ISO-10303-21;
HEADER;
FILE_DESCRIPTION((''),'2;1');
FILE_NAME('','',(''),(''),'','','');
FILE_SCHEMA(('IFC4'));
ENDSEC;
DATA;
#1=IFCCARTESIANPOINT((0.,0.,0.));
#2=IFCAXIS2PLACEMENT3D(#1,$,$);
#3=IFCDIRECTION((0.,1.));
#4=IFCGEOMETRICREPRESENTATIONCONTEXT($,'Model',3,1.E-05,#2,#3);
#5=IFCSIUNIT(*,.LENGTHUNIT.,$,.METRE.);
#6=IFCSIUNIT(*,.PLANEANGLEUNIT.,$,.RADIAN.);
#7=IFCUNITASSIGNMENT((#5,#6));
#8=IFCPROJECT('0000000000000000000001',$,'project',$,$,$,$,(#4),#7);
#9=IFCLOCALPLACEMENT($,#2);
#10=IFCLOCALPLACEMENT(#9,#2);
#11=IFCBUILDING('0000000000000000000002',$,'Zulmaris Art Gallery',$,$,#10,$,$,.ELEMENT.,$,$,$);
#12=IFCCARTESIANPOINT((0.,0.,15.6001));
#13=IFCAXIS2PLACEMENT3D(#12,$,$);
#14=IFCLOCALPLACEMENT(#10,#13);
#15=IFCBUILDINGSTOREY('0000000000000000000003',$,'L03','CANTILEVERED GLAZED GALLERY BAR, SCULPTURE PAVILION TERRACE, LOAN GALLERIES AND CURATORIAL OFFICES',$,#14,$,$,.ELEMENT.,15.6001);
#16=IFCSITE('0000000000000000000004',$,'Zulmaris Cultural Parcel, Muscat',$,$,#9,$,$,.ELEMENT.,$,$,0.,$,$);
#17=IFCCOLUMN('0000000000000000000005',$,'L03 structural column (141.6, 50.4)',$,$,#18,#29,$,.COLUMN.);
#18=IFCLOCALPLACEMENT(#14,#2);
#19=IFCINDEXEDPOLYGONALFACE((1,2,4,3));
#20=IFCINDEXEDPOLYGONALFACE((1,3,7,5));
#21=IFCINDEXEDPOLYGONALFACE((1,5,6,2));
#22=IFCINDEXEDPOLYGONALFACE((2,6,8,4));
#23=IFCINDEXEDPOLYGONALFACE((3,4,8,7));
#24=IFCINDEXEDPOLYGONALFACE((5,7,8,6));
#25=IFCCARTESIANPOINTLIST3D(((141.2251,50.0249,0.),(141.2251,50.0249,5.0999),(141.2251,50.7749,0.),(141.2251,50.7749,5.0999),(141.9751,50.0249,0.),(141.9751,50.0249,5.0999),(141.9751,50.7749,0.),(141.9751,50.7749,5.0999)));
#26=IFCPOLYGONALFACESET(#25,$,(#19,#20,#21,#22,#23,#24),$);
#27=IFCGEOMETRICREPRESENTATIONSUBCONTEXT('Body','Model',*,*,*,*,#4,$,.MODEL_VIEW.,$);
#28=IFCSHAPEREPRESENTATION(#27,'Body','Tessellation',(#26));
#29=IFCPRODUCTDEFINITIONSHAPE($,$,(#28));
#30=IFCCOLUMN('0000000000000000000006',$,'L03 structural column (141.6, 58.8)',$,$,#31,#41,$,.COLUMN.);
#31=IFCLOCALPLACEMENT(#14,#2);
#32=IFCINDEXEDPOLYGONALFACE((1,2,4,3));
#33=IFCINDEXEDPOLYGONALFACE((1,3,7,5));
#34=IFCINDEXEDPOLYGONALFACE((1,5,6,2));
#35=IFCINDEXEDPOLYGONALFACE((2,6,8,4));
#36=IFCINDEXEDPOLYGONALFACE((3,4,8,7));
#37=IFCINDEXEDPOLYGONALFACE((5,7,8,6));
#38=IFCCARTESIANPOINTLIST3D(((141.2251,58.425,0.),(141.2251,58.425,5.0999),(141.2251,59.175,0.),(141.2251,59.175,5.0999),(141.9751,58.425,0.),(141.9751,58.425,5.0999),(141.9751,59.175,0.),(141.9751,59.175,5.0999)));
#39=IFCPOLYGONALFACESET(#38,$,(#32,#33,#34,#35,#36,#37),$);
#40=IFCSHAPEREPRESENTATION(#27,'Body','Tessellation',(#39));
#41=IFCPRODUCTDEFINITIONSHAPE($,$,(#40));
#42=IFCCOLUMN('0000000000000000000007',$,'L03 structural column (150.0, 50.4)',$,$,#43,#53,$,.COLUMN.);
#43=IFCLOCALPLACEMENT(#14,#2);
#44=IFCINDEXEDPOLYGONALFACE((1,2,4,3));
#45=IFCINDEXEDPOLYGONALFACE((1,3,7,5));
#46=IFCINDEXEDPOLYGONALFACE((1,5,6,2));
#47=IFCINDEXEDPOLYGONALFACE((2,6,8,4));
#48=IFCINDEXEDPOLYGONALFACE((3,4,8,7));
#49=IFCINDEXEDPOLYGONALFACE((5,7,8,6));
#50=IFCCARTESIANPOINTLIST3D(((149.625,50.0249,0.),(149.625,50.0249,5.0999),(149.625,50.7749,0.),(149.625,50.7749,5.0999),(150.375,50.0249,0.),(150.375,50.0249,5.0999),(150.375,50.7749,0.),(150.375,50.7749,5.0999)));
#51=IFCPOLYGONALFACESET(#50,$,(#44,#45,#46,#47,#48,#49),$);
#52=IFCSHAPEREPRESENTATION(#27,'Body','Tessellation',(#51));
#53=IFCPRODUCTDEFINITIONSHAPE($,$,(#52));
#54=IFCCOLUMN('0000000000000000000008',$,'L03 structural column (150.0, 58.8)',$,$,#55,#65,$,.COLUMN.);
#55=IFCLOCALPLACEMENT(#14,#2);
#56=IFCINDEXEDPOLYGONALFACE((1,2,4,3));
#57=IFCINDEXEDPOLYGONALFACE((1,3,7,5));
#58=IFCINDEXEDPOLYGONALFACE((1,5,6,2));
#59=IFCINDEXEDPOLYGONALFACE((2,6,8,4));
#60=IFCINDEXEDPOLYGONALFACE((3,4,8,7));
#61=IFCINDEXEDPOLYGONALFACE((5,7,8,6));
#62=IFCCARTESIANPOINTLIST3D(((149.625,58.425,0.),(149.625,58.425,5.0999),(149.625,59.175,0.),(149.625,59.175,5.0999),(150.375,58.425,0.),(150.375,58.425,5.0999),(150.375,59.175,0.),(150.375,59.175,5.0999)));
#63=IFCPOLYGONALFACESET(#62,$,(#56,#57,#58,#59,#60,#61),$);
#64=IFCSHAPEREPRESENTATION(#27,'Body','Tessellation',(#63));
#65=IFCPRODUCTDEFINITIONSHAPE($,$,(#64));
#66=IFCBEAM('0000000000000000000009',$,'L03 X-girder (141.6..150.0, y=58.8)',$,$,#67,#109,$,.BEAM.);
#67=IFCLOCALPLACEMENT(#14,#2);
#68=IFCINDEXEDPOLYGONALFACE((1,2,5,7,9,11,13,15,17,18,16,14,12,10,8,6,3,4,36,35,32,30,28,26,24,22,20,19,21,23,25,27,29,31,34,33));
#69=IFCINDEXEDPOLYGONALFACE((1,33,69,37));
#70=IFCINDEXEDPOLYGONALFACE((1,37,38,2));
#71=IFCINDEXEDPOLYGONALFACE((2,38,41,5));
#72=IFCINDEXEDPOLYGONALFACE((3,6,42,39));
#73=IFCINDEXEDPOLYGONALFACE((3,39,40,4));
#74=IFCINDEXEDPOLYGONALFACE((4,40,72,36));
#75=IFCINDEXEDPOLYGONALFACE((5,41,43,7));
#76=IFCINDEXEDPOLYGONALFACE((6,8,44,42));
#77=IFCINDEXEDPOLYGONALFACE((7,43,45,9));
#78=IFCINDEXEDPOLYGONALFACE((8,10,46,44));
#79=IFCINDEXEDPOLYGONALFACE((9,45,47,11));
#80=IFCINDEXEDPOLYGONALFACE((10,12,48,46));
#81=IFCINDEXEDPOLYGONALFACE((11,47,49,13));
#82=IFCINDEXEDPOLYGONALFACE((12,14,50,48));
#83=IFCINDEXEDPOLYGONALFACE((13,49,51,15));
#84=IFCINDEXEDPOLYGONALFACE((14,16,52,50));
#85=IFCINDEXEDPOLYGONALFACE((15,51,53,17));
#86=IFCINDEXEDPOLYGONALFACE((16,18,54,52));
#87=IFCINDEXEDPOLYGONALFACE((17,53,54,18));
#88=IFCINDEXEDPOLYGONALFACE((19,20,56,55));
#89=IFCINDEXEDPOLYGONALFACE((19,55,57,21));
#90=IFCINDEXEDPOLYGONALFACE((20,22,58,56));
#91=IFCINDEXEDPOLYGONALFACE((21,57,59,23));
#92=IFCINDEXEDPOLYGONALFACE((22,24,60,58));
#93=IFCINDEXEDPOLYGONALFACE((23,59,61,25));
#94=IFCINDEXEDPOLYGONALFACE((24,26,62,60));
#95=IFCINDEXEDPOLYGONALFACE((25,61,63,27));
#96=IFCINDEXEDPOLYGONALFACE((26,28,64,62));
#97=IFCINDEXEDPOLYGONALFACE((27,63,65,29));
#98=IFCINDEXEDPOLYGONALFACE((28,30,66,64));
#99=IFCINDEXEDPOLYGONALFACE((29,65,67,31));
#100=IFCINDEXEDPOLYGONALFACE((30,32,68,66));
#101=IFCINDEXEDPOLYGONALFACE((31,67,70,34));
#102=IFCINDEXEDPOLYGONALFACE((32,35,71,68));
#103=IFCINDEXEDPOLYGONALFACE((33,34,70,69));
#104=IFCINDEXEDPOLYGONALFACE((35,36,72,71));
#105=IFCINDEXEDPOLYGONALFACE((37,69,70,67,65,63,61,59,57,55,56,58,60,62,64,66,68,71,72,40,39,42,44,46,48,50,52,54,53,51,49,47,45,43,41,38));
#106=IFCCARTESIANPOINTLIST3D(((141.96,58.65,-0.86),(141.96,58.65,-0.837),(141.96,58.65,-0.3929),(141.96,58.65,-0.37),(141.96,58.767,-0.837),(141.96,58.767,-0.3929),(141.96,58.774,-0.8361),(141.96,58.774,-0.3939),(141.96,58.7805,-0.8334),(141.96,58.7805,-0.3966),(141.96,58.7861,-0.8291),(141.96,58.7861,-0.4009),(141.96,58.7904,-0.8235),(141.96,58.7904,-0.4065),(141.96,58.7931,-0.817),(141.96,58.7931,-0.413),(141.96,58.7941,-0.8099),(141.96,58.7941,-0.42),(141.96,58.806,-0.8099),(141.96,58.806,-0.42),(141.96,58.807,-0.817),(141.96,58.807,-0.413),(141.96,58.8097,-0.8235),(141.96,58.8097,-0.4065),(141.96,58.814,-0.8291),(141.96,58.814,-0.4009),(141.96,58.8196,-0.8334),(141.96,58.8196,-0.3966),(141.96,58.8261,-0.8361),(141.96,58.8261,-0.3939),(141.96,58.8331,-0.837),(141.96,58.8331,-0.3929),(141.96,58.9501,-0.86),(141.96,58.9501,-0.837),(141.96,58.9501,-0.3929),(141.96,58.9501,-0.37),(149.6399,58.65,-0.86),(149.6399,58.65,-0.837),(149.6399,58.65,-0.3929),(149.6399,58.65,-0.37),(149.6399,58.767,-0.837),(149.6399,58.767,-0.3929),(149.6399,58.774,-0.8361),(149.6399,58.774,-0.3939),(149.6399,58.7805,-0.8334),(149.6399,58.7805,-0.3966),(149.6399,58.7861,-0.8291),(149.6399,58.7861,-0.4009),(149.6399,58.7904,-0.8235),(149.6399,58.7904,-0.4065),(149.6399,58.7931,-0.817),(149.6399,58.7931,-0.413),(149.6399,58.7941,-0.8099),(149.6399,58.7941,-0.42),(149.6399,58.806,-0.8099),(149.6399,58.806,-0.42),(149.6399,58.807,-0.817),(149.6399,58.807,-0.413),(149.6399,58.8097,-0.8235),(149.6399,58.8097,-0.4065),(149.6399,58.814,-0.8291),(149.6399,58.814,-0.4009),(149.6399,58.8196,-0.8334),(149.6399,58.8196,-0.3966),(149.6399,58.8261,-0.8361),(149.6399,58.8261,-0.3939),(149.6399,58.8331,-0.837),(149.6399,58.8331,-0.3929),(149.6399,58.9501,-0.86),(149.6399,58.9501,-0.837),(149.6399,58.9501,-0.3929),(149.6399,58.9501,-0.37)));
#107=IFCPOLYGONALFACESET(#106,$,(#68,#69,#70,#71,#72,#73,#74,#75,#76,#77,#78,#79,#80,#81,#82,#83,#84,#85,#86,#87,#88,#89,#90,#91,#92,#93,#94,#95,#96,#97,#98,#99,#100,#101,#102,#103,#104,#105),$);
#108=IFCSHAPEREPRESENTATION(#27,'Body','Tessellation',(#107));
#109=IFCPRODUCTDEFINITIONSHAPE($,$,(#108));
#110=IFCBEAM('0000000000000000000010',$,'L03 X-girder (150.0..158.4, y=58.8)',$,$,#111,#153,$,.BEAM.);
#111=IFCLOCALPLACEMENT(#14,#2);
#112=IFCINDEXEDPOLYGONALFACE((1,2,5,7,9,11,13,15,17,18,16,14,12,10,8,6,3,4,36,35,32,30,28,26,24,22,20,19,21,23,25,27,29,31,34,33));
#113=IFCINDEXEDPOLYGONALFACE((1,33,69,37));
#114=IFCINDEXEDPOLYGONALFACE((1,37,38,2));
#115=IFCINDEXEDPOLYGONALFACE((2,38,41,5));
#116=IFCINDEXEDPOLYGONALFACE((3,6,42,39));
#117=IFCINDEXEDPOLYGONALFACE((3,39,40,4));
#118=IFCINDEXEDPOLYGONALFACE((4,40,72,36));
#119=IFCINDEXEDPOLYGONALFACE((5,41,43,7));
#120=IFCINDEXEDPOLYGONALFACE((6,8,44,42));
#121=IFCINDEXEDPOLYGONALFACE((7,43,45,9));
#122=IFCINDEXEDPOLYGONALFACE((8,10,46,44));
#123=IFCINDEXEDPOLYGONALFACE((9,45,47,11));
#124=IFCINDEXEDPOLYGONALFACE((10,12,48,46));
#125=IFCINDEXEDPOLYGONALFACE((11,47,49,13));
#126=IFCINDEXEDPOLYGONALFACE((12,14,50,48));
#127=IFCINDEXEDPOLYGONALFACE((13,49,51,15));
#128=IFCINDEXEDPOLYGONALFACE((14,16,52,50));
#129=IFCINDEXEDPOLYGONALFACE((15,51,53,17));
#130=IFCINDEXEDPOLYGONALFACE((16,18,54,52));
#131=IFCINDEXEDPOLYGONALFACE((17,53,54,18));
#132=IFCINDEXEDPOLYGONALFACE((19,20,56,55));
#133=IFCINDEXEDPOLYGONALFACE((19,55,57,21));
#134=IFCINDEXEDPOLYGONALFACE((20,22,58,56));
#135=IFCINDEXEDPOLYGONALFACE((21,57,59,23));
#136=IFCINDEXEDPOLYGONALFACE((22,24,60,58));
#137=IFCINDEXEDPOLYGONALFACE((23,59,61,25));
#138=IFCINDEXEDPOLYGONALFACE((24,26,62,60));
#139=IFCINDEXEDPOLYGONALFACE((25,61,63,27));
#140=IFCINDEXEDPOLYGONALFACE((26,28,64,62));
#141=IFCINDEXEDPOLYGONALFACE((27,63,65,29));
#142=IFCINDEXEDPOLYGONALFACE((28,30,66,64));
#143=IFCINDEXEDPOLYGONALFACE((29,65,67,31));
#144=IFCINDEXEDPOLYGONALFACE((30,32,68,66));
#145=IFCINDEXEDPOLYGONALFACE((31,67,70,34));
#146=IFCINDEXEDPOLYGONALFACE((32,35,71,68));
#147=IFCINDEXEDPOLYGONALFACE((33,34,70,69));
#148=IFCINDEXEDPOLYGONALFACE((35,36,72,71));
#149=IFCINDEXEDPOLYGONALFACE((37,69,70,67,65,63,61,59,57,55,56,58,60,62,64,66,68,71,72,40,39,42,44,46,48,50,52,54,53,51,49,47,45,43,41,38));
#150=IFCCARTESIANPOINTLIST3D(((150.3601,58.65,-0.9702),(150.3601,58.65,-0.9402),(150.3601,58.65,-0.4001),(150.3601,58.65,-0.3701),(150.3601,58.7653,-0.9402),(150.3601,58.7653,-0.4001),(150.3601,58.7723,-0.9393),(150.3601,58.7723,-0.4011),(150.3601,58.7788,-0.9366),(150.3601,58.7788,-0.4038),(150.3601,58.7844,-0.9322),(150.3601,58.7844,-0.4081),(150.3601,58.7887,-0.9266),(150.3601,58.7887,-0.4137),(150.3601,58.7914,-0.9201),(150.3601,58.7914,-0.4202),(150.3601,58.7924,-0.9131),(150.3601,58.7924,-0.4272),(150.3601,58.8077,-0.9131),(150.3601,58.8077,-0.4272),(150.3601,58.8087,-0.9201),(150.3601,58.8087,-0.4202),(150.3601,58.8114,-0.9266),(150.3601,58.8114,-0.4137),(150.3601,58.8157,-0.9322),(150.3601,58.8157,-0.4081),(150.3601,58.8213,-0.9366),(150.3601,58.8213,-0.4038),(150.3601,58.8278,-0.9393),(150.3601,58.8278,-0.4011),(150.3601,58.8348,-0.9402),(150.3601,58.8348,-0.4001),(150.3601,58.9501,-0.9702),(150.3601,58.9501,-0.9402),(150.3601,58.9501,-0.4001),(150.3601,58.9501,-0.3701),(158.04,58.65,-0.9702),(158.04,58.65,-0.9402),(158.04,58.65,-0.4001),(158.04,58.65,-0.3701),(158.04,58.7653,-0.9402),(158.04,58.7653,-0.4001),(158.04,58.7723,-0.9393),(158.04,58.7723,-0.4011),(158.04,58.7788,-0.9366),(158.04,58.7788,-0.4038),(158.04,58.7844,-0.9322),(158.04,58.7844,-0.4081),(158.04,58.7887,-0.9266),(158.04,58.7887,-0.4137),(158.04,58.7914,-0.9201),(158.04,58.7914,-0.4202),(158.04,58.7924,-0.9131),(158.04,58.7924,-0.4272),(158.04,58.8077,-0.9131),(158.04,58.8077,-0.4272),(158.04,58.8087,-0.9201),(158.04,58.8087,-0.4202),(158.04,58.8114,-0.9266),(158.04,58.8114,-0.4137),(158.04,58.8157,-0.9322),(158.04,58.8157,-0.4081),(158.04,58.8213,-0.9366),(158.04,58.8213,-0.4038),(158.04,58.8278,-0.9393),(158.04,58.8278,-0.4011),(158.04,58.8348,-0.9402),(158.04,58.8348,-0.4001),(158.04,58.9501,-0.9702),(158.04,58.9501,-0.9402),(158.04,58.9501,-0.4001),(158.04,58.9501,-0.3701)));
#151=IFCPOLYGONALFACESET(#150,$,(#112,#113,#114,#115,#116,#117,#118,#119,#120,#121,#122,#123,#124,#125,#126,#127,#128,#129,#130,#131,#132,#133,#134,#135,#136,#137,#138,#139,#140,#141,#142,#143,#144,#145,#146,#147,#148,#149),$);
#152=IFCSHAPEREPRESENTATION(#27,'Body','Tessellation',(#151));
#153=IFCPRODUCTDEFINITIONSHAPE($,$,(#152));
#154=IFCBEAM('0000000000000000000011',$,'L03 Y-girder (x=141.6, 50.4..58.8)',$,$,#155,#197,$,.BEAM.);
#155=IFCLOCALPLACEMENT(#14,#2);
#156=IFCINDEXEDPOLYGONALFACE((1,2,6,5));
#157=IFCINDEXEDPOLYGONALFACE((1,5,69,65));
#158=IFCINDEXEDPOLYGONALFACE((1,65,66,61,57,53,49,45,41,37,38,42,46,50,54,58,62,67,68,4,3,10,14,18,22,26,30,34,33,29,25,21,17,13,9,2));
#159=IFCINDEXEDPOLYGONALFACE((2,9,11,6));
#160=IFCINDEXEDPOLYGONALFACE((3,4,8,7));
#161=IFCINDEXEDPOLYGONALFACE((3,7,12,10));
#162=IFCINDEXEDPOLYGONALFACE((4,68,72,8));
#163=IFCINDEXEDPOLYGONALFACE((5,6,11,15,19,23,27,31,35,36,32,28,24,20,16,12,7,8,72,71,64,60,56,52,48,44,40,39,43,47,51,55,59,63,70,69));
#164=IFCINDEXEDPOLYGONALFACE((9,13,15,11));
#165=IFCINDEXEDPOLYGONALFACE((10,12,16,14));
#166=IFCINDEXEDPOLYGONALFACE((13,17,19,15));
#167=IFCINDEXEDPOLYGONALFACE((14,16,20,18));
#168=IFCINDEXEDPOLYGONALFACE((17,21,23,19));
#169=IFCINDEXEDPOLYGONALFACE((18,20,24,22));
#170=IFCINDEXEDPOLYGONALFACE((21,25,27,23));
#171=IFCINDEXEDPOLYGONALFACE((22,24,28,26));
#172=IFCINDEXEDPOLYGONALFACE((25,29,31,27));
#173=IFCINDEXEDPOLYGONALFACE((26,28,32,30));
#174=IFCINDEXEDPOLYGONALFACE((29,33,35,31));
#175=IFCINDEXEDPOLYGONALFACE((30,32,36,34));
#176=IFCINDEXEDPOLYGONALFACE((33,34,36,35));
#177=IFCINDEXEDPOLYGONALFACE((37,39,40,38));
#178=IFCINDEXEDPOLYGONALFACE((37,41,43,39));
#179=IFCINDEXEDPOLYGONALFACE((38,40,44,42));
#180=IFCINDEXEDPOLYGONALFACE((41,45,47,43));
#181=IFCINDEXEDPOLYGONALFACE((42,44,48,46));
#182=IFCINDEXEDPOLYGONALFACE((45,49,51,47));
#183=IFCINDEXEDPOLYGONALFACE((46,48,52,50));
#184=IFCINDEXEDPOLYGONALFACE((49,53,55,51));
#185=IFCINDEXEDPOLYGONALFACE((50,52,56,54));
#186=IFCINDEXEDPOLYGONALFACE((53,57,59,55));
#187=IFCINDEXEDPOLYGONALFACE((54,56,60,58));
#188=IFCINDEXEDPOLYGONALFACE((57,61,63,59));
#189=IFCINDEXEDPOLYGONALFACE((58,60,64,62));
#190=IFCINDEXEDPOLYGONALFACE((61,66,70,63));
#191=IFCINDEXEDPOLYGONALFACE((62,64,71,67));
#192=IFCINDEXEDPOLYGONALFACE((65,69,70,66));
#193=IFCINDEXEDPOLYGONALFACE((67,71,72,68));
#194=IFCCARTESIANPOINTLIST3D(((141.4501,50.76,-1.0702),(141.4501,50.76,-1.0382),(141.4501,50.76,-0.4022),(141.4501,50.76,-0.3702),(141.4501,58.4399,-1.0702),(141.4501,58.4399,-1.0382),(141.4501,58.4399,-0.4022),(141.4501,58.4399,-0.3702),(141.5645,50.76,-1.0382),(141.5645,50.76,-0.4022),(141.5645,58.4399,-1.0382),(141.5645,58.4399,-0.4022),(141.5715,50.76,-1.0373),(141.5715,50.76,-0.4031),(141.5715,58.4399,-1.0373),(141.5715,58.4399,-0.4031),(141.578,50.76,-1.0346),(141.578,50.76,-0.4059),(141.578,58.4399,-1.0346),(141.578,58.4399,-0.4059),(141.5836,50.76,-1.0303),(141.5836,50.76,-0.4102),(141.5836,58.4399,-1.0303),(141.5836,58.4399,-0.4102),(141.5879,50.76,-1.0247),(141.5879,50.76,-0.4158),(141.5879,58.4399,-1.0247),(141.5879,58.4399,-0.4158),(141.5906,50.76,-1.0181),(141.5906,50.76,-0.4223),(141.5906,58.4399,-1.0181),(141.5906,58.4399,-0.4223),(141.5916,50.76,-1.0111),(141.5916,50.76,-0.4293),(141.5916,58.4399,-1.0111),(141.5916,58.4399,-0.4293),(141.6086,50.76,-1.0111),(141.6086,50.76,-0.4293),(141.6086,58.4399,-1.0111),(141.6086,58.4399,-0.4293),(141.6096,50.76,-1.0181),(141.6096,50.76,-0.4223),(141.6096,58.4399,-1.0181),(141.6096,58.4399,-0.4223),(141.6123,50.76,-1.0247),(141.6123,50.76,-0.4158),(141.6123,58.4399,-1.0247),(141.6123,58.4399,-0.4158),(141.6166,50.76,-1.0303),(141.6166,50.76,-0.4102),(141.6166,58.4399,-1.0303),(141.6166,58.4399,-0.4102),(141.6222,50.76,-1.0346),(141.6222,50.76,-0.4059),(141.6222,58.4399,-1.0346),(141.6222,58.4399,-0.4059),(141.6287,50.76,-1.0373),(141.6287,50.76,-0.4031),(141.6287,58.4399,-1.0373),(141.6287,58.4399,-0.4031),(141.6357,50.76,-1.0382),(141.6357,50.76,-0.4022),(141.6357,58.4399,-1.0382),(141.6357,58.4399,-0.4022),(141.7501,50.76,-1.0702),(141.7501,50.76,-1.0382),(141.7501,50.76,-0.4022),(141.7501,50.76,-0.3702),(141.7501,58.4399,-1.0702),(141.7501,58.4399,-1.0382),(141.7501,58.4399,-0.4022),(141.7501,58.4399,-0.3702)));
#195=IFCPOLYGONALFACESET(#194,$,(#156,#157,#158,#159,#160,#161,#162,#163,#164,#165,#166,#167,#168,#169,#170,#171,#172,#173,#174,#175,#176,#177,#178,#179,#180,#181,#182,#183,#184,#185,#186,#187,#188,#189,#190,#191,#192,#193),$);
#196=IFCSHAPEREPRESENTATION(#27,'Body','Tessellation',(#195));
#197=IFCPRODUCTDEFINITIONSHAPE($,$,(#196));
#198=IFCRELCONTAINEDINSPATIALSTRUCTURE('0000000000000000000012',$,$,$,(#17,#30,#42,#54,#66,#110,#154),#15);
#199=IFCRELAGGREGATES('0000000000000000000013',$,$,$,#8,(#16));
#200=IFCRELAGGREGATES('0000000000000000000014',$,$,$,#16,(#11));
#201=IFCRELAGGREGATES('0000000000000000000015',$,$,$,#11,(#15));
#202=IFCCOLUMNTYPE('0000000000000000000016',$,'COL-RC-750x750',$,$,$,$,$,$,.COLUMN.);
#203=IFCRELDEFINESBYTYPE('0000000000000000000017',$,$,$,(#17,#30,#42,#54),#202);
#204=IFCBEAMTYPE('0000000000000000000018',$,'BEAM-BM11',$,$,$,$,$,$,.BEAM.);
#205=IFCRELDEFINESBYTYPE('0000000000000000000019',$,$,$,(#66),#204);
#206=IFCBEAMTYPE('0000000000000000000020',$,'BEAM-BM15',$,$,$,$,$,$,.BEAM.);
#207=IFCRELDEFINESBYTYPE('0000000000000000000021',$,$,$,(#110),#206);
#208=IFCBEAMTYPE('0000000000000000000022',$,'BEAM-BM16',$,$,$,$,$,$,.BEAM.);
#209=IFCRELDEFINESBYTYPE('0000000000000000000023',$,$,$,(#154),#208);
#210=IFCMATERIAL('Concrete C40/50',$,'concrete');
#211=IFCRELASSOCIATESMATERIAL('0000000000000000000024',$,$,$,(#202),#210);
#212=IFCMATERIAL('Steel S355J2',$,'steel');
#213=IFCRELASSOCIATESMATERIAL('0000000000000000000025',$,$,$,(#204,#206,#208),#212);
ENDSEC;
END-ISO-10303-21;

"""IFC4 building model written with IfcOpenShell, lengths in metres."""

from ifc_helpers import new_model, si_unit, direction, frame, origin, origin_2d, place, context, subcontext, project, spatial, rectangle, i_section, extrude, material, material_profile, profile_set, type_object, element, save


model = new_model("IFC4")

# Units and contexts
model_context = context("Model", 3, precision=1e-05, world=origin(), true_north=direction((0.0, 1.0)))
body_context = subcontext(model_context, "Body", "Model", "MODEL_VIEW")
ifc_project = project(units=[si_unit("LENGTHUNIT", "METRE"), si_unit("PLANEANGLEUNIT", "RADIAN")], contexts=[model_context])

# Site, building, storey
site_placement = place(None, origin())
site = spatial("IfcSite", under=ifc_project, at=site_placement, Name="Zulmaris Cultural Parcel, Muscat", CompositionType="ELEMENT", RefElevation=0.0)
building_placement = place(site_placement, origin())
building = spatial("IfcBuilding", under=site, at=building_placement, Name="Zulmaris Art Gallery", CompositionType="ELEMENT")
storey_placement = place(building_placement, frame((0.0, 0.0, 15.6001)))
storey = spatial("IfcBuildingStorey", under=building, at=storey_placement, Name="L03", Description="CANTILEVERED GLAZED GALLERY BAR, SCULPTURE PAVILION TERRACE, LOAN GALLERIES AND CURATORIAL OFFICES", CompositionType="ELEMENT", Elevation=15.6001)

# Columns
ifc_material_1 = material(Name="Concrete C40/50", Category="concrete")
ifc_material_profile_1 = material_profile(ifc_material_1, rectangle(XDim=0.75, YDim=0.75, at=origin_2d()), Name="RC 750x750")
ifc_profile_set_1 = profile_set([ifc_material_profile_1], Name="Concrete C40/50")
column_type = type_object("IfcColumnType", Name="COL-RC-750x750", PredefinedType="COLUMN", material=ifc_profile_set_1)
for number, where, z_axis, x_axis, name in (
    (1, (141.6001, 50.3999, 0.0), (0.0, 0.0, 1.0), (1.0, 0.0, 0.0), "L03 structural column (141.6, 50.4)"),
    (2, (141.6001, 58.8, 0.0), (0.0, 0.0, 1.0), (1.0, 0.0, 0.0), "L03 structural column (141.6, 58.8)"),
    (3, (150.0, 50.3999, 0.0), (0.0, 0.0, 1.0), (1.0, 0.0, 0.0), "L03 structural column (150.0, 50.4)"),
    (4, (150.0, 58.8, 0.0), (0.0, 0.0, 1.0), (1.0, 0.0, 0.0), "L03 structural column (150.0, 58.8)"),
):
    element("IfcColumn", number, at=place(storey_placement, frame(where, z_axis=z_axis, x_axis=x_axis)), inside=storey, type_object=column_type, Name=name, PredefinedType="COLUMN", context=body_context, shape_type="SweptSolid", body=[
        extrude(rectangle(XDim=0.75, YDim=0.75, at=origin_2d()), origin(), (0.0, 0.0, 1.0), 5.0999),
    ])

# Beams
ifc_material_2 = material(Name="Steel S355J2", Category="steel")
ifc_material_profile_2 = material_profile(ifc_material_2, i_section(OverallWidth=0.3, OverallDepth=0.49, WebThickness=0.012, FlangeThickness=0.0229, FilletRadius=0.0271, at=origin_2d()), Name="HEA 500")
ifc_profile_set_2 = profile_set([ifc_material_profile_2], Name="Steel S355J2")
beam_type_1 = type_object("IfcBeamType", Name="BEAM-BM11", PredefinedType="BEAM", material=ifc_profile_set_2)
beam_1_placement = place(storey_placement, frame((141.96, 58.8, -0.615), z_axis=(1.0, 0.0, 0.0), x_axis=(0.0, 1.0, 0.0)))
element("IfcBeam", 5, at=beam_1_placement, inside=storey, type_object=beam_type_1, Name="L03 X-girder (141.6..150.0, y=58.8)", PredefinedType="BEAM", context=body_context, shape_type="SweptSolid", body=[
    extrude(i_section(OverallWidth=0.3, OverallDepth=0.49, WebThickness=0.012, FlangeThickness=0.0229, FilletRadius=0.0271, at=origin_2d()), origin(), (0.0, 0.0, 1.0), 7.6799),
])
ifc_material_profile_3 = material_profile(ifc_material_2, i_section(OverallWidth=0.3, OverallDepth=0.6001, WebThickness=0.0154, FlangeThickness=0.03, FilletRadius=0.0271, at=origin_2d()), Name="HEB 600")
ifc_profile_set_3 = profile_set([ifc_material_profile_3], Name="Steel S355J2")
beam_type_2 = type_object("IfcBeamType", Name="BEAM-BM15", PredefinedType="BEAM", material=ifc_profile_set_3)
beam_2_placement = place(storey_placement, frame((150.3601, 58.8, -0.6702), z_axis=(1.0, 0.0, 0.0), x_axis=(0.0, 1.0, 0.0)))
element("IfcBeam", 6, at=beam_2_placement, inside=storey, type_object=beam_type_2, Name="L03 X-girder (150.0..158.4, y=58.8)", PredefinedType="BEAM", context=body_context, shape_type="SweptSolid", body=[
    extrude(i_section(OverallWidth=0.3, OverallDepth=0.6001, WebThickness=0.0154, FlangeThickness=0.03, FilletRadius=0.0271, at=origin_2d()), origin(), (0.0, 0.0, 1.0), 7.6799),
])
ifc_material_profile_4 = material_profile(ifc_material_2, i_section(OverallWidth=0.3, OverallDepth=0.7, WebThickness=0.0171, FlangeThickness=0.032, FilletRadius=0.0271, at=origin_2d()), Name="HEB 700")
ifc_profile_set_4 = profile_set([ifc_material_profile_4], Name="Steel S355J2")
beam_type_3 = type_object("IfcBeamType", Name="BEAM-BM16", PredefinedType="BEAM", material=ifc_profile_set_4)
beam_3_placement = place(storey_placement, frame((141.6001, 50.76, -0.7202), z_axis=(0.0, 1.0, 0.0), x_axis=(-1.0, 0.0, 0.0)))
element("IfcBeam", 7, at=beam_3_placement, inside=storey, type_object=beam_type_3, Name="L03 Y-girder (x=141.6, 50.4..58.8)", PredefinedType="BEAM", context=body_context, shape_type="SweptSolid", body=[
    extrude(i_section(OverallWidth=0.3, OverallDepth=0.7, WebThickness=0.0171, FlangeThickness=0.032, FilletRadius=0.0271, at=origin_2d()), origin(), (0.0, 0.0, 1.0), 7.6799),
])

save(model, "model.ifc")
